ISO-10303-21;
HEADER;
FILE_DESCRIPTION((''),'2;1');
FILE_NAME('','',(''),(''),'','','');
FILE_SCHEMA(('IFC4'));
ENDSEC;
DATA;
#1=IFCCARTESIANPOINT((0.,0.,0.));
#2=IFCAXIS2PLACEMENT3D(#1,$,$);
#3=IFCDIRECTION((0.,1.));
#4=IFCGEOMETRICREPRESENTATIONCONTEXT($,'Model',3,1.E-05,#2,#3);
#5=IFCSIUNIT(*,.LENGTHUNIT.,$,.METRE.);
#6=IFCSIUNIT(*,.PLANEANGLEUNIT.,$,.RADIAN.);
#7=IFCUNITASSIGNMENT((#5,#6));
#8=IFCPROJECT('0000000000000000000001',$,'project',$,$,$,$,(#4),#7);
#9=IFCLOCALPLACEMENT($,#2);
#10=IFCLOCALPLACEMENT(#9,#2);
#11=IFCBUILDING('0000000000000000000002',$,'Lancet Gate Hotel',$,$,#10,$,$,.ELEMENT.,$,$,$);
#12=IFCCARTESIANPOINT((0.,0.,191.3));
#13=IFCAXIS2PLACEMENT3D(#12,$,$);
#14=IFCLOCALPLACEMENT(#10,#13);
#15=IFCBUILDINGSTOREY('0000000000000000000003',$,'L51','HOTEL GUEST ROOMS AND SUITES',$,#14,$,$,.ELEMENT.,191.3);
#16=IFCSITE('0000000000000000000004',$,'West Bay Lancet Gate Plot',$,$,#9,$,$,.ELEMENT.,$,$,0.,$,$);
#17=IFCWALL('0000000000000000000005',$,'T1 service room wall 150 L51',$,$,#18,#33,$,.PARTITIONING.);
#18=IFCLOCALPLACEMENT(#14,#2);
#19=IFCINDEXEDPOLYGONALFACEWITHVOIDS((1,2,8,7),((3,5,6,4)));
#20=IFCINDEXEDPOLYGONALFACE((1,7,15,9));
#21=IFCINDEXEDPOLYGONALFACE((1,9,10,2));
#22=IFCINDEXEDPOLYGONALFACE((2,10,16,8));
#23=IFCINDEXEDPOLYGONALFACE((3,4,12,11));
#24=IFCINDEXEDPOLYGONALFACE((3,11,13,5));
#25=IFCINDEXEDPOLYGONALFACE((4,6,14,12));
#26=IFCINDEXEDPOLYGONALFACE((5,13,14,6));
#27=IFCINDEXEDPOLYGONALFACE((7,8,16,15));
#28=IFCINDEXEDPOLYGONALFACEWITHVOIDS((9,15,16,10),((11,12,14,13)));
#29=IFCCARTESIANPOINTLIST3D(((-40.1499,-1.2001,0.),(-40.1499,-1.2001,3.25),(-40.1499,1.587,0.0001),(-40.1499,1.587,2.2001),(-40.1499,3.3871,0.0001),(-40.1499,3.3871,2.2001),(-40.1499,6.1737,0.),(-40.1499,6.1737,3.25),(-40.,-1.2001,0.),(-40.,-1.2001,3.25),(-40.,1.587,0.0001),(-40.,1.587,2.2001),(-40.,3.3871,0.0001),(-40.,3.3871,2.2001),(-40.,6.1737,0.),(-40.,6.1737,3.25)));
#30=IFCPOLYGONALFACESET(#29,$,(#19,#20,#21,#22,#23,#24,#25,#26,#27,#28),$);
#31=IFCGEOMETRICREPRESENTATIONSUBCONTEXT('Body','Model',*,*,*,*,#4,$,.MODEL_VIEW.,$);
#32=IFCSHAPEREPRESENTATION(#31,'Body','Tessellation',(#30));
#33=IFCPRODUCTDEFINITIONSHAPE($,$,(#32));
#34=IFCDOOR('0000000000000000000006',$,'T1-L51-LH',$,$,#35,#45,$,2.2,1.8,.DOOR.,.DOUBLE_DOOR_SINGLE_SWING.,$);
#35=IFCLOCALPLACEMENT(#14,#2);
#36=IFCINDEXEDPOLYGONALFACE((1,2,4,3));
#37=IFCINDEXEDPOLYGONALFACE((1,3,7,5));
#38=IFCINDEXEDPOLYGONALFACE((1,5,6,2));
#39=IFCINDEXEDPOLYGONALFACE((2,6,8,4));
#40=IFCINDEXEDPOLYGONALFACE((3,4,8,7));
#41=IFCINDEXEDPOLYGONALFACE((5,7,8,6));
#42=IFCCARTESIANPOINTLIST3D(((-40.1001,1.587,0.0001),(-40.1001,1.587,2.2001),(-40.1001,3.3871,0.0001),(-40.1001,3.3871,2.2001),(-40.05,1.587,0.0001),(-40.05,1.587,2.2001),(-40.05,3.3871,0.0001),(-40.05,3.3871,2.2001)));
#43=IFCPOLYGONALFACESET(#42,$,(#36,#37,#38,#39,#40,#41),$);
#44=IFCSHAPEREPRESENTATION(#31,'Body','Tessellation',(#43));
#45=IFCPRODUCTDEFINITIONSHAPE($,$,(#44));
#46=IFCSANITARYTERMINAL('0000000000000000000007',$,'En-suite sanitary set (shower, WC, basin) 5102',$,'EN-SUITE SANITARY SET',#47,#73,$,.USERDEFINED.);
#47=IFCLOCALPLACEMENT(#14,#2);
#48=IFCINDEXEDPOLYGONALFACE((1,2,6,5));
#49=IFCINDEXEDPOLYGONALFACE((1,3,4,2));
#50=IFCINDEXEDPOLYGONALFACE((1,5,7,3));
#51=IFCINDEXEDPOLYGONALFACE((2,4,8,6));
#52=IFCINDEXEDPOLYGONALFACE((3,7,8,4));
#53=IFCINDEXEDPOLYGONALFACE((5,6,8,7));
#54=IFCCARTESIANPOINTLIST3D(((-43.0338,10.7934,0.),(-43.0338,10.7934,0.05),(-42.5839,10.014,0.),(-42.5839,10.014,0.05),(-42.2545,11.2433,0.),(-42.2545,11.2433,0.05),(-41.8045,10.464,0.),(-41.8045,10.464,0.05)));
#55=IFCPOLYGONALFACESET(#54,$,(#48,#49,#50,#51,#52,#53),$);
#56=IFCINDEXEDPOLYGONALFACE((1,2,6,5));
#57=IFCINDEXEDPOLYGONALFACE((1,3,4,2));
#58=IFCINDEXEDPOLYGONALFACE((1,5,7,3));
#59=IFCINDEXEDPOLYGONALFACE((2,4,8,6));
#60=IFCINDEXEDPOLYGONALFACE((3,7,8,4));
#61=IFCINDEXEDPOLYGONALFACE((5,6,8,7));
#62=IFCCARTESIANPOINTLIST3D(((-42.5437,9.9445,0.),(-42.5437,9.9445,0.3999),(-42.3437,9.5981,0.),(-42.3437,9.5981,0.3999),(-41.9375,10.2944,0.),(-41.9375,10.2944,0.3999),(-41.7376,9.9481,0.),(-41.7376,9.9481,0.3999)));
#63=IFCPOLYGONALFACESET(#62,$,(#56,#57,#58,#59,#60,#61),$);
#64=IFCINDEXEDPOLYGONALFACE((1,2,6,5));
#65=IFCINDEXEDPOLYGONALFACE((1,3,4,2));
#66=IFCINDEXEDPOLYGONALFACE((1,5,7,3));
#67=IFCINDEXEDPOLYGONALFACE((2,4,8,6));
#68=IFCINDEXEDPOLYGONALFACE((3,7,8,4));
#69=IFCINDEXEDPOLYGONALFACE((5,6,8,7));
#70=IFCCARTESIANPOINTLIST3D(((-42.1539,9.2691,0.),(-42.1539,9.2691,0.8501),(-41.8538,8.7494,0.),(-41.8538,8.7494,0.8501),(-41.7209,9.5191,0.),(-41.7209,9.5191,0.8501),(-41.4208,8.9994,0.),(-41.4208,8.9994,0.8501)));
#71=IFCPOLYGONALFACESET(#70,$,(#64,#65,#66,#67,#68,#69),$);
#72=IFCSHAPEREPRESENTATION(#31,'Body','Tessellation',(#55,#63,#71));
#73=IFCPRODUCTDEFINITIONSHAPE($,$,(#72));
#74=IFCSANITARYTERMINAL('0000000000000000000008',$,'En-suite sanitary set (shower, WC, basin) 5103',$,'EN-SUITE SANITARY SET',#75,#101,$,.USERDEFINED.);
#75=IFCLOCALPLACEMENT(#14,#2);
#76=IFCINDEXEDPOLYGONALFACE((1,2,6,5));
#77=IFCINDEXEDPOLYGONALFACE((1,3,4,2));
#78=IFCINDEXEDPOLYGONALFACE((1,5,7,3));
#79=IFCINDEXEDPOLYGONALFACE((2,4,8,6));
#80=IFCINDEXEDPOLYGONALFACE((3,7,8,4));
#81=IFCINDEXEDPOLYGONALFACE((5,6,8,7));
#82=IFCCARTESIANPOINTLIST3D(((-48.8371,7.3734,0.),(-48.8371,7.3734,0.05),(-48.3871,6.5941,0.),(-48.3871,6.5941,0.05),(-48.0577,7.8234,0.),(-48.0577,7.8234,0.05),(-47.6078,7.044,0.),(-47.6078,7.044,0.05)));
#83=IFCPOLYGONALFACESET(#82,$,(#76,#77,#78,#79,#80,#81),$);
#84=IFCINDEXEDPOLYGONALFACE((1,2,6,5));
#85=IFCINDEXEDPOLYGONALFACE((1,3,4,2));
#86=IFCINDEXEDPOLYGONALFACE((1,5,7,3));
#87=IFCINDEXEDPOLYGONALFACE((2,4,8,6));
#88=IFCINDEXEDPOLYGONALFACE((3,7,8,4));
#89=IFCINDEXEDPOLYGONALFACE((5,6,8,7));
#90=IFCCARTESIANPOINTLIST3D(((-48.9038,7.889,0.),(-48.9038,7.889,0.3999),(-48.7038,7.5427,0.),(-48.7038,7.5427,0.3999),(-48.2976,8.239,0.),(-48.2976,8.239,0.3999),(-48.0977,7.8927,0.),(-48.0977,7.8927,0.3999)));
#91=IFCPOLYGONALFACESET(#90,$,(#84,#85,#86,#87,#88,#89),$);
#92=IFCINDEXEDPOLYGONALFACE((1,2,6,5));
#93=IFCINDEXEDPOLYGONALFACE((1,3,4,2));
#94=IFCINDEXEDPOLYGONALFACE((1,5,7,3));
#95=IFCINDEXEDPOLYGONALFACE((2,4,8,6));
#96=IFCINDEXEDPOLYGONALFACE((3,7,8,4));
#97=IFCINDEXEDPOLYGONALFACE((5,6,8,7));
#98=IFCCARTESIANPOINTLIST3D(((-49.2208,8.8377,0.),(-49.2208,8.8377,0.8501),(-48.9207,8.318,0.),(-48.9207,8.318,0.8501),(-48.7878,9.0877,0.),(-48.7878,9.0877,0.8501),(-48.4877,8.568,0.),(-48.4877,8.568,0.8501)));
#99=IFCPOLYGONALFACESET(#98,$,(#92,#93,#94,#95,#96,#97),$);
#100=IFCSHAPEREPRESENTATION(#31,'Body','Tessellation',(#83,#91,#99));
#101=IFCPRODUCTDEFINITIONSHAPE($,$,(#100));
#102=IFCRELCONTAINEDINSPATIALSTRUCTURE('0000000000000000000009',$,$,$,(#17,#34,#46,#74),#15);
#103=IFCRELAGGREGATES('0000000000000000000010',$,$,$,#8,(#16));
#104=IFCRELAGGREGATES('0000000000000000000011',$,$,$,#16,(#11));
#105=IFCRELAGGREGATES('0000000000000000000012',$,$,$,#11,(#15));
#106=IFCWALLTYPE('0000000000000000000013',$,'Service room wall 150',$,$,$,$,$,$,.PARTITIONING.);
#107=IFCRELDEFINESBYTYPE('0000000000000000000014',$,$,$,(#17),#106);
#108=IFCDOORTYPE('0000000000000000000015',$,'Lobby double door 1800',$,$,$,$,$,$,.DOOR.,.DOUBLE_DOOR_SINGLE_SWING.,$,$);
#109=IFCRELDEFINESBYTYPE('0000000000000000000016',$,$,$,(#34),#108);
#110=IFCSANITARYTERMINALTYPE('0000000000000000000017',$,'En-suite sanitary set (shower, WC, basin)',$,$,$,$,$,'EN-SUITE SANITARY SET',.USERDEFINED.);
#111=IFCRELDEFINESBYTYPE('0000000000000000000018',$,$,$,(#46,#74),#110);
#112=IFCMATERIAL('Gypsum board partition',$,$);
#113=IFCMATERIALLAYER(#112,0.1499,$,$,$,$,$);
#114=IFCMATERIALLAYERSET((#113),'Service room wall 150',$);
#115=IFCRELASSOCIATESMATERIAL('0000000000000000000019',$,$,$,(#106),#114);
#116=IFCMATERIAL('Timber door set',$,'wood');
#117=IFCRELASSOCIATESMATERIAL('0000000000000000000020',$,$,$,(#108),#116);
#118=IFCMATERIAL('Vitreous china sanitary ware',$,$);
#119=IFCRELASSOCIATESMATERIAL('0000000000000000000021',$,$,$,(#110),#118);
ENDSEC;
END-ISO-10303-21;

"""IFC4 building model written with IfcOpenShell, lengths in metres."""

from ifc_helpers import new_model, si_unit, direction, frame, frame_2d, origin, origin_2d, place, context, subcontext, project, spatial, rectangle, extrude, material, layer, layer_set, type_object, element, fill, save


model = new_model("IFC4")

# Units and contexts
model_context = context("Model", 3, precision=1e-05, world=origin(), true_north=direction((0.0, 1.0)))
body_context = subcontext(model_context, "Body", "Model", "MODEL_VIEW")
ifc_project = project(units=[si_unit("LENGTHUNIT", "METRE"), si_unit("PLANEANGLEUNIT", "RADIAN")], contexts=[model_context])

# Site, building, storey
site_placement = place(None, origin())
site = spatial("IfcSite", under=ifc_project, at=site_placement, Name="West Bay Lancet Gate Plot", CompositionType="ELEMENT", RefElevation=0.0)
building_placement = place(site_placement, origin())
building = spatial("IfcBuilding", under=site, at=building_placement, Name="Lancet Gate Hotel", CompositionType="ELEMENT")
storey_placement = place(building_placement, frame((0.0, 0.0, 191.3)))
storey = spatial("IfcBuildingStorey", under=building, at=storey_placement, Name="L51", Description="HOTEL GUEST ROOMS AND SUITES", CompositionType="ELEMENT", Elevation=191.3)

# Wall, opening, door
ifc_material_1 = material(Name="Gypsum board partition")
ifc_layer_1 = layer(ifc_material_1, 0.1499)
ifc_layer_set_1 = layer_set([ifc_layer_1], Name="Service room wall 150")
wall_type_1 = type_object("IfcWallType", Name="Service room wall 150", PredefinedType="PARTITIONING", material=ifc_layer_set_1)
wall_1_placement = place(storey_placement, frame((-40.075, 6.1738, 0.0), z_axis=(0.0, 0.0, 1.0), x_axis=(0.0, -1.0, 0.0)))
wall_1 = element("IfcWall", 1, at=wall_1_placement, inside=storey, type_object=wall_type_1, Name="T1 service room wall 150 L51", PredefinedType="PARTITIONING", context=body_context, shape_type="SweptSolid", body=[
    extrude(rectangle(XDim=7.3738, YDim=0.1499, at=frame_2d((3.687, 0.0))), origin(), (0.0, 0.0, 1.0), 3.25),
])
opening_1_placement = place(wall_1_placement, frame((2.7869, 0.0, 0.0)))
opening_1 = element("IfcOpeningElement", 2, at=opening_1_placement, cuts=wall_1, PredefinedType="OPENING", context=body_context, shape_type="SweptSolid", body=[
    extrude(rectangle(XDim=1.8, YDim=2.2, at=frame_2d((0.8999, 1.1001))), frame((0.0, 0.085, 0.0), z_axis=(0.0, -1.0, 0.0), x_axis=(1.0, 0.0, 0.0)), (0.0, 0.0, 1.0), 0.1699),
])
ifc_material_2 = material(Name="Timber door set", Category="wood")
door_type_1 = type_object("IfcDoorType", Name="Lobby double door 1800", OperationType="DOUBLE_DOOR_SINGLE_SWING", PredefinedType="DOOR", material=ifc_material_2)
door_1_placement = place(opening_1_placement, origin())
door_1 = element("IfcDoor", 3, at=door_1_placement, inside=storey, type_object=door_type_1, Name="T1-L51-LH", OperationType="DOUBLE_DOOR_SINGLE_SWING", OverallHeight=2.2, OverallWidth=1.8, PredefinedType="DOOR", context=body_context, shape_type="SweptSolid", body=[
    extrude(rectangle(XDim=1.8, YDim=2.2, at=frame_2d((0.8999, 1.1001))), frame((0.0, 0.0249, 0.0), z_axis=(0.0, -1.0, 0.0), x_axis=(1.0, 0.0, 0.0)), (0.0, 0.0, 1.0), 0.05),
])
fill(opening_1, door_1)

# Sanitary terminals
ifc_material_3 = material(Name="Vitreous china sanitary ware")
sanitary_terminal_type = type_object("IfcSanitaryTerminalType", Name="En-suite sanitary set (shower, WC, basin)", ElementType="EN-SUITE SANITARY SET", PredefinedType="USERDEFINED", material=ifc_material_3)
sanitary_terminal_1_placement = place(storey_placement, frame((-42.4192, 10.6287, 0.0), z_axis=(0.0, 0.0, 1.0), x_axis=(1.0, 0.0, 0.0)))
element("IfcSanitaryTerminal", 4, at=sanitary_terminal_1_placement, inside=storey, type_object=sanitary_terminal_type, Name="En-suite sanitary set (shower, WC, basin) 5102", ObjectType="EN-SUITE SANITARY SET", PredefinedType="USERDEFINED", context=body_context, shape_type="SweptSolid", body=[
    extrude(rectangle(XDim=0.8999, YDim=0.8999, at=origin_2d()), frame((0.0, 0.0, 0.0), z_axis=(0.0, 0.0, 1.0), x_axis=(-0.5, 0.866025, 0.0)), (0.0, 0.0, 1.0), 0.05),
    extrude(rectangle(XDim=0.3999, YDim=0.7, at=origin_2d()), frame((0.2786, -0.6824, 0.0), z_axis=(0.0, 0.0, 1.0), x_axis=(-0.5, 0.866025, 0.0)), (0.0, 0.0, 1.0), 0.3999),
    extrude(rectangle(XDim=0.6001, YDim=0.5, at=origin_2d()), frame((0.6318, -1.4944, 0.0), z_axis=(0.0, 0.0, 1.0), x_axis=(-0.5, 0.866025, 0.0)), (0.0, 0.0, 1.0), 0.8501),
])
sanitary_terminal_2_placement = place(storey_placement, frame((-48.2224, 7.2087, 0.0), z_axis=(0.0, 0.0, 1.0), x_axis=(1.0, 0.0, 0.0)))
element("IfcSanitaryTerminal", 5, at=sanitary_terminal_2_placement, inside=storey, type_object=sanitary_terminal_type, Name="En-suite sanitary set (shower, WC, basin) 5103", ObjectType="EN-SUITE SANITARY SET", PredefinedType="USERDEFINED", context=body_context, shape_type="SweptSolid", body=[
    extrude(rectangle(XDim=0.8999, YDim=0.8999, at=origin_2d()), frame((0.0, 0.0, 0.0), z_axis=(0.0, 0.0, 1.0), x_axis=(0.5, -0.866025, 0.0)), (0.0, 0.0, 1.0), 0.05),
    extrude(rectangle(XDim=0.3999, YDim=0.7, at=origin_2d()), frame((-0.2783, 0.6821, 0.0), z_axis=(0.0, 0.0, 1.0), x_axis=(0.5, -0.866025, 0.0)), (0.0, 0.0, 1.0), 0.3999),
    extrude(rectangle(XDim=0.6001, YDim=0.5, at=origin_2d()), frame((-0.6318, 1.4941, 0.0), z_axis=(0.0, 0.0, 1.0), x_axis=(0.5, -0.866025, 0.0)), (0.0, 0.0, 1.0), 0.8501),
])

save(model, "model.ifc")
